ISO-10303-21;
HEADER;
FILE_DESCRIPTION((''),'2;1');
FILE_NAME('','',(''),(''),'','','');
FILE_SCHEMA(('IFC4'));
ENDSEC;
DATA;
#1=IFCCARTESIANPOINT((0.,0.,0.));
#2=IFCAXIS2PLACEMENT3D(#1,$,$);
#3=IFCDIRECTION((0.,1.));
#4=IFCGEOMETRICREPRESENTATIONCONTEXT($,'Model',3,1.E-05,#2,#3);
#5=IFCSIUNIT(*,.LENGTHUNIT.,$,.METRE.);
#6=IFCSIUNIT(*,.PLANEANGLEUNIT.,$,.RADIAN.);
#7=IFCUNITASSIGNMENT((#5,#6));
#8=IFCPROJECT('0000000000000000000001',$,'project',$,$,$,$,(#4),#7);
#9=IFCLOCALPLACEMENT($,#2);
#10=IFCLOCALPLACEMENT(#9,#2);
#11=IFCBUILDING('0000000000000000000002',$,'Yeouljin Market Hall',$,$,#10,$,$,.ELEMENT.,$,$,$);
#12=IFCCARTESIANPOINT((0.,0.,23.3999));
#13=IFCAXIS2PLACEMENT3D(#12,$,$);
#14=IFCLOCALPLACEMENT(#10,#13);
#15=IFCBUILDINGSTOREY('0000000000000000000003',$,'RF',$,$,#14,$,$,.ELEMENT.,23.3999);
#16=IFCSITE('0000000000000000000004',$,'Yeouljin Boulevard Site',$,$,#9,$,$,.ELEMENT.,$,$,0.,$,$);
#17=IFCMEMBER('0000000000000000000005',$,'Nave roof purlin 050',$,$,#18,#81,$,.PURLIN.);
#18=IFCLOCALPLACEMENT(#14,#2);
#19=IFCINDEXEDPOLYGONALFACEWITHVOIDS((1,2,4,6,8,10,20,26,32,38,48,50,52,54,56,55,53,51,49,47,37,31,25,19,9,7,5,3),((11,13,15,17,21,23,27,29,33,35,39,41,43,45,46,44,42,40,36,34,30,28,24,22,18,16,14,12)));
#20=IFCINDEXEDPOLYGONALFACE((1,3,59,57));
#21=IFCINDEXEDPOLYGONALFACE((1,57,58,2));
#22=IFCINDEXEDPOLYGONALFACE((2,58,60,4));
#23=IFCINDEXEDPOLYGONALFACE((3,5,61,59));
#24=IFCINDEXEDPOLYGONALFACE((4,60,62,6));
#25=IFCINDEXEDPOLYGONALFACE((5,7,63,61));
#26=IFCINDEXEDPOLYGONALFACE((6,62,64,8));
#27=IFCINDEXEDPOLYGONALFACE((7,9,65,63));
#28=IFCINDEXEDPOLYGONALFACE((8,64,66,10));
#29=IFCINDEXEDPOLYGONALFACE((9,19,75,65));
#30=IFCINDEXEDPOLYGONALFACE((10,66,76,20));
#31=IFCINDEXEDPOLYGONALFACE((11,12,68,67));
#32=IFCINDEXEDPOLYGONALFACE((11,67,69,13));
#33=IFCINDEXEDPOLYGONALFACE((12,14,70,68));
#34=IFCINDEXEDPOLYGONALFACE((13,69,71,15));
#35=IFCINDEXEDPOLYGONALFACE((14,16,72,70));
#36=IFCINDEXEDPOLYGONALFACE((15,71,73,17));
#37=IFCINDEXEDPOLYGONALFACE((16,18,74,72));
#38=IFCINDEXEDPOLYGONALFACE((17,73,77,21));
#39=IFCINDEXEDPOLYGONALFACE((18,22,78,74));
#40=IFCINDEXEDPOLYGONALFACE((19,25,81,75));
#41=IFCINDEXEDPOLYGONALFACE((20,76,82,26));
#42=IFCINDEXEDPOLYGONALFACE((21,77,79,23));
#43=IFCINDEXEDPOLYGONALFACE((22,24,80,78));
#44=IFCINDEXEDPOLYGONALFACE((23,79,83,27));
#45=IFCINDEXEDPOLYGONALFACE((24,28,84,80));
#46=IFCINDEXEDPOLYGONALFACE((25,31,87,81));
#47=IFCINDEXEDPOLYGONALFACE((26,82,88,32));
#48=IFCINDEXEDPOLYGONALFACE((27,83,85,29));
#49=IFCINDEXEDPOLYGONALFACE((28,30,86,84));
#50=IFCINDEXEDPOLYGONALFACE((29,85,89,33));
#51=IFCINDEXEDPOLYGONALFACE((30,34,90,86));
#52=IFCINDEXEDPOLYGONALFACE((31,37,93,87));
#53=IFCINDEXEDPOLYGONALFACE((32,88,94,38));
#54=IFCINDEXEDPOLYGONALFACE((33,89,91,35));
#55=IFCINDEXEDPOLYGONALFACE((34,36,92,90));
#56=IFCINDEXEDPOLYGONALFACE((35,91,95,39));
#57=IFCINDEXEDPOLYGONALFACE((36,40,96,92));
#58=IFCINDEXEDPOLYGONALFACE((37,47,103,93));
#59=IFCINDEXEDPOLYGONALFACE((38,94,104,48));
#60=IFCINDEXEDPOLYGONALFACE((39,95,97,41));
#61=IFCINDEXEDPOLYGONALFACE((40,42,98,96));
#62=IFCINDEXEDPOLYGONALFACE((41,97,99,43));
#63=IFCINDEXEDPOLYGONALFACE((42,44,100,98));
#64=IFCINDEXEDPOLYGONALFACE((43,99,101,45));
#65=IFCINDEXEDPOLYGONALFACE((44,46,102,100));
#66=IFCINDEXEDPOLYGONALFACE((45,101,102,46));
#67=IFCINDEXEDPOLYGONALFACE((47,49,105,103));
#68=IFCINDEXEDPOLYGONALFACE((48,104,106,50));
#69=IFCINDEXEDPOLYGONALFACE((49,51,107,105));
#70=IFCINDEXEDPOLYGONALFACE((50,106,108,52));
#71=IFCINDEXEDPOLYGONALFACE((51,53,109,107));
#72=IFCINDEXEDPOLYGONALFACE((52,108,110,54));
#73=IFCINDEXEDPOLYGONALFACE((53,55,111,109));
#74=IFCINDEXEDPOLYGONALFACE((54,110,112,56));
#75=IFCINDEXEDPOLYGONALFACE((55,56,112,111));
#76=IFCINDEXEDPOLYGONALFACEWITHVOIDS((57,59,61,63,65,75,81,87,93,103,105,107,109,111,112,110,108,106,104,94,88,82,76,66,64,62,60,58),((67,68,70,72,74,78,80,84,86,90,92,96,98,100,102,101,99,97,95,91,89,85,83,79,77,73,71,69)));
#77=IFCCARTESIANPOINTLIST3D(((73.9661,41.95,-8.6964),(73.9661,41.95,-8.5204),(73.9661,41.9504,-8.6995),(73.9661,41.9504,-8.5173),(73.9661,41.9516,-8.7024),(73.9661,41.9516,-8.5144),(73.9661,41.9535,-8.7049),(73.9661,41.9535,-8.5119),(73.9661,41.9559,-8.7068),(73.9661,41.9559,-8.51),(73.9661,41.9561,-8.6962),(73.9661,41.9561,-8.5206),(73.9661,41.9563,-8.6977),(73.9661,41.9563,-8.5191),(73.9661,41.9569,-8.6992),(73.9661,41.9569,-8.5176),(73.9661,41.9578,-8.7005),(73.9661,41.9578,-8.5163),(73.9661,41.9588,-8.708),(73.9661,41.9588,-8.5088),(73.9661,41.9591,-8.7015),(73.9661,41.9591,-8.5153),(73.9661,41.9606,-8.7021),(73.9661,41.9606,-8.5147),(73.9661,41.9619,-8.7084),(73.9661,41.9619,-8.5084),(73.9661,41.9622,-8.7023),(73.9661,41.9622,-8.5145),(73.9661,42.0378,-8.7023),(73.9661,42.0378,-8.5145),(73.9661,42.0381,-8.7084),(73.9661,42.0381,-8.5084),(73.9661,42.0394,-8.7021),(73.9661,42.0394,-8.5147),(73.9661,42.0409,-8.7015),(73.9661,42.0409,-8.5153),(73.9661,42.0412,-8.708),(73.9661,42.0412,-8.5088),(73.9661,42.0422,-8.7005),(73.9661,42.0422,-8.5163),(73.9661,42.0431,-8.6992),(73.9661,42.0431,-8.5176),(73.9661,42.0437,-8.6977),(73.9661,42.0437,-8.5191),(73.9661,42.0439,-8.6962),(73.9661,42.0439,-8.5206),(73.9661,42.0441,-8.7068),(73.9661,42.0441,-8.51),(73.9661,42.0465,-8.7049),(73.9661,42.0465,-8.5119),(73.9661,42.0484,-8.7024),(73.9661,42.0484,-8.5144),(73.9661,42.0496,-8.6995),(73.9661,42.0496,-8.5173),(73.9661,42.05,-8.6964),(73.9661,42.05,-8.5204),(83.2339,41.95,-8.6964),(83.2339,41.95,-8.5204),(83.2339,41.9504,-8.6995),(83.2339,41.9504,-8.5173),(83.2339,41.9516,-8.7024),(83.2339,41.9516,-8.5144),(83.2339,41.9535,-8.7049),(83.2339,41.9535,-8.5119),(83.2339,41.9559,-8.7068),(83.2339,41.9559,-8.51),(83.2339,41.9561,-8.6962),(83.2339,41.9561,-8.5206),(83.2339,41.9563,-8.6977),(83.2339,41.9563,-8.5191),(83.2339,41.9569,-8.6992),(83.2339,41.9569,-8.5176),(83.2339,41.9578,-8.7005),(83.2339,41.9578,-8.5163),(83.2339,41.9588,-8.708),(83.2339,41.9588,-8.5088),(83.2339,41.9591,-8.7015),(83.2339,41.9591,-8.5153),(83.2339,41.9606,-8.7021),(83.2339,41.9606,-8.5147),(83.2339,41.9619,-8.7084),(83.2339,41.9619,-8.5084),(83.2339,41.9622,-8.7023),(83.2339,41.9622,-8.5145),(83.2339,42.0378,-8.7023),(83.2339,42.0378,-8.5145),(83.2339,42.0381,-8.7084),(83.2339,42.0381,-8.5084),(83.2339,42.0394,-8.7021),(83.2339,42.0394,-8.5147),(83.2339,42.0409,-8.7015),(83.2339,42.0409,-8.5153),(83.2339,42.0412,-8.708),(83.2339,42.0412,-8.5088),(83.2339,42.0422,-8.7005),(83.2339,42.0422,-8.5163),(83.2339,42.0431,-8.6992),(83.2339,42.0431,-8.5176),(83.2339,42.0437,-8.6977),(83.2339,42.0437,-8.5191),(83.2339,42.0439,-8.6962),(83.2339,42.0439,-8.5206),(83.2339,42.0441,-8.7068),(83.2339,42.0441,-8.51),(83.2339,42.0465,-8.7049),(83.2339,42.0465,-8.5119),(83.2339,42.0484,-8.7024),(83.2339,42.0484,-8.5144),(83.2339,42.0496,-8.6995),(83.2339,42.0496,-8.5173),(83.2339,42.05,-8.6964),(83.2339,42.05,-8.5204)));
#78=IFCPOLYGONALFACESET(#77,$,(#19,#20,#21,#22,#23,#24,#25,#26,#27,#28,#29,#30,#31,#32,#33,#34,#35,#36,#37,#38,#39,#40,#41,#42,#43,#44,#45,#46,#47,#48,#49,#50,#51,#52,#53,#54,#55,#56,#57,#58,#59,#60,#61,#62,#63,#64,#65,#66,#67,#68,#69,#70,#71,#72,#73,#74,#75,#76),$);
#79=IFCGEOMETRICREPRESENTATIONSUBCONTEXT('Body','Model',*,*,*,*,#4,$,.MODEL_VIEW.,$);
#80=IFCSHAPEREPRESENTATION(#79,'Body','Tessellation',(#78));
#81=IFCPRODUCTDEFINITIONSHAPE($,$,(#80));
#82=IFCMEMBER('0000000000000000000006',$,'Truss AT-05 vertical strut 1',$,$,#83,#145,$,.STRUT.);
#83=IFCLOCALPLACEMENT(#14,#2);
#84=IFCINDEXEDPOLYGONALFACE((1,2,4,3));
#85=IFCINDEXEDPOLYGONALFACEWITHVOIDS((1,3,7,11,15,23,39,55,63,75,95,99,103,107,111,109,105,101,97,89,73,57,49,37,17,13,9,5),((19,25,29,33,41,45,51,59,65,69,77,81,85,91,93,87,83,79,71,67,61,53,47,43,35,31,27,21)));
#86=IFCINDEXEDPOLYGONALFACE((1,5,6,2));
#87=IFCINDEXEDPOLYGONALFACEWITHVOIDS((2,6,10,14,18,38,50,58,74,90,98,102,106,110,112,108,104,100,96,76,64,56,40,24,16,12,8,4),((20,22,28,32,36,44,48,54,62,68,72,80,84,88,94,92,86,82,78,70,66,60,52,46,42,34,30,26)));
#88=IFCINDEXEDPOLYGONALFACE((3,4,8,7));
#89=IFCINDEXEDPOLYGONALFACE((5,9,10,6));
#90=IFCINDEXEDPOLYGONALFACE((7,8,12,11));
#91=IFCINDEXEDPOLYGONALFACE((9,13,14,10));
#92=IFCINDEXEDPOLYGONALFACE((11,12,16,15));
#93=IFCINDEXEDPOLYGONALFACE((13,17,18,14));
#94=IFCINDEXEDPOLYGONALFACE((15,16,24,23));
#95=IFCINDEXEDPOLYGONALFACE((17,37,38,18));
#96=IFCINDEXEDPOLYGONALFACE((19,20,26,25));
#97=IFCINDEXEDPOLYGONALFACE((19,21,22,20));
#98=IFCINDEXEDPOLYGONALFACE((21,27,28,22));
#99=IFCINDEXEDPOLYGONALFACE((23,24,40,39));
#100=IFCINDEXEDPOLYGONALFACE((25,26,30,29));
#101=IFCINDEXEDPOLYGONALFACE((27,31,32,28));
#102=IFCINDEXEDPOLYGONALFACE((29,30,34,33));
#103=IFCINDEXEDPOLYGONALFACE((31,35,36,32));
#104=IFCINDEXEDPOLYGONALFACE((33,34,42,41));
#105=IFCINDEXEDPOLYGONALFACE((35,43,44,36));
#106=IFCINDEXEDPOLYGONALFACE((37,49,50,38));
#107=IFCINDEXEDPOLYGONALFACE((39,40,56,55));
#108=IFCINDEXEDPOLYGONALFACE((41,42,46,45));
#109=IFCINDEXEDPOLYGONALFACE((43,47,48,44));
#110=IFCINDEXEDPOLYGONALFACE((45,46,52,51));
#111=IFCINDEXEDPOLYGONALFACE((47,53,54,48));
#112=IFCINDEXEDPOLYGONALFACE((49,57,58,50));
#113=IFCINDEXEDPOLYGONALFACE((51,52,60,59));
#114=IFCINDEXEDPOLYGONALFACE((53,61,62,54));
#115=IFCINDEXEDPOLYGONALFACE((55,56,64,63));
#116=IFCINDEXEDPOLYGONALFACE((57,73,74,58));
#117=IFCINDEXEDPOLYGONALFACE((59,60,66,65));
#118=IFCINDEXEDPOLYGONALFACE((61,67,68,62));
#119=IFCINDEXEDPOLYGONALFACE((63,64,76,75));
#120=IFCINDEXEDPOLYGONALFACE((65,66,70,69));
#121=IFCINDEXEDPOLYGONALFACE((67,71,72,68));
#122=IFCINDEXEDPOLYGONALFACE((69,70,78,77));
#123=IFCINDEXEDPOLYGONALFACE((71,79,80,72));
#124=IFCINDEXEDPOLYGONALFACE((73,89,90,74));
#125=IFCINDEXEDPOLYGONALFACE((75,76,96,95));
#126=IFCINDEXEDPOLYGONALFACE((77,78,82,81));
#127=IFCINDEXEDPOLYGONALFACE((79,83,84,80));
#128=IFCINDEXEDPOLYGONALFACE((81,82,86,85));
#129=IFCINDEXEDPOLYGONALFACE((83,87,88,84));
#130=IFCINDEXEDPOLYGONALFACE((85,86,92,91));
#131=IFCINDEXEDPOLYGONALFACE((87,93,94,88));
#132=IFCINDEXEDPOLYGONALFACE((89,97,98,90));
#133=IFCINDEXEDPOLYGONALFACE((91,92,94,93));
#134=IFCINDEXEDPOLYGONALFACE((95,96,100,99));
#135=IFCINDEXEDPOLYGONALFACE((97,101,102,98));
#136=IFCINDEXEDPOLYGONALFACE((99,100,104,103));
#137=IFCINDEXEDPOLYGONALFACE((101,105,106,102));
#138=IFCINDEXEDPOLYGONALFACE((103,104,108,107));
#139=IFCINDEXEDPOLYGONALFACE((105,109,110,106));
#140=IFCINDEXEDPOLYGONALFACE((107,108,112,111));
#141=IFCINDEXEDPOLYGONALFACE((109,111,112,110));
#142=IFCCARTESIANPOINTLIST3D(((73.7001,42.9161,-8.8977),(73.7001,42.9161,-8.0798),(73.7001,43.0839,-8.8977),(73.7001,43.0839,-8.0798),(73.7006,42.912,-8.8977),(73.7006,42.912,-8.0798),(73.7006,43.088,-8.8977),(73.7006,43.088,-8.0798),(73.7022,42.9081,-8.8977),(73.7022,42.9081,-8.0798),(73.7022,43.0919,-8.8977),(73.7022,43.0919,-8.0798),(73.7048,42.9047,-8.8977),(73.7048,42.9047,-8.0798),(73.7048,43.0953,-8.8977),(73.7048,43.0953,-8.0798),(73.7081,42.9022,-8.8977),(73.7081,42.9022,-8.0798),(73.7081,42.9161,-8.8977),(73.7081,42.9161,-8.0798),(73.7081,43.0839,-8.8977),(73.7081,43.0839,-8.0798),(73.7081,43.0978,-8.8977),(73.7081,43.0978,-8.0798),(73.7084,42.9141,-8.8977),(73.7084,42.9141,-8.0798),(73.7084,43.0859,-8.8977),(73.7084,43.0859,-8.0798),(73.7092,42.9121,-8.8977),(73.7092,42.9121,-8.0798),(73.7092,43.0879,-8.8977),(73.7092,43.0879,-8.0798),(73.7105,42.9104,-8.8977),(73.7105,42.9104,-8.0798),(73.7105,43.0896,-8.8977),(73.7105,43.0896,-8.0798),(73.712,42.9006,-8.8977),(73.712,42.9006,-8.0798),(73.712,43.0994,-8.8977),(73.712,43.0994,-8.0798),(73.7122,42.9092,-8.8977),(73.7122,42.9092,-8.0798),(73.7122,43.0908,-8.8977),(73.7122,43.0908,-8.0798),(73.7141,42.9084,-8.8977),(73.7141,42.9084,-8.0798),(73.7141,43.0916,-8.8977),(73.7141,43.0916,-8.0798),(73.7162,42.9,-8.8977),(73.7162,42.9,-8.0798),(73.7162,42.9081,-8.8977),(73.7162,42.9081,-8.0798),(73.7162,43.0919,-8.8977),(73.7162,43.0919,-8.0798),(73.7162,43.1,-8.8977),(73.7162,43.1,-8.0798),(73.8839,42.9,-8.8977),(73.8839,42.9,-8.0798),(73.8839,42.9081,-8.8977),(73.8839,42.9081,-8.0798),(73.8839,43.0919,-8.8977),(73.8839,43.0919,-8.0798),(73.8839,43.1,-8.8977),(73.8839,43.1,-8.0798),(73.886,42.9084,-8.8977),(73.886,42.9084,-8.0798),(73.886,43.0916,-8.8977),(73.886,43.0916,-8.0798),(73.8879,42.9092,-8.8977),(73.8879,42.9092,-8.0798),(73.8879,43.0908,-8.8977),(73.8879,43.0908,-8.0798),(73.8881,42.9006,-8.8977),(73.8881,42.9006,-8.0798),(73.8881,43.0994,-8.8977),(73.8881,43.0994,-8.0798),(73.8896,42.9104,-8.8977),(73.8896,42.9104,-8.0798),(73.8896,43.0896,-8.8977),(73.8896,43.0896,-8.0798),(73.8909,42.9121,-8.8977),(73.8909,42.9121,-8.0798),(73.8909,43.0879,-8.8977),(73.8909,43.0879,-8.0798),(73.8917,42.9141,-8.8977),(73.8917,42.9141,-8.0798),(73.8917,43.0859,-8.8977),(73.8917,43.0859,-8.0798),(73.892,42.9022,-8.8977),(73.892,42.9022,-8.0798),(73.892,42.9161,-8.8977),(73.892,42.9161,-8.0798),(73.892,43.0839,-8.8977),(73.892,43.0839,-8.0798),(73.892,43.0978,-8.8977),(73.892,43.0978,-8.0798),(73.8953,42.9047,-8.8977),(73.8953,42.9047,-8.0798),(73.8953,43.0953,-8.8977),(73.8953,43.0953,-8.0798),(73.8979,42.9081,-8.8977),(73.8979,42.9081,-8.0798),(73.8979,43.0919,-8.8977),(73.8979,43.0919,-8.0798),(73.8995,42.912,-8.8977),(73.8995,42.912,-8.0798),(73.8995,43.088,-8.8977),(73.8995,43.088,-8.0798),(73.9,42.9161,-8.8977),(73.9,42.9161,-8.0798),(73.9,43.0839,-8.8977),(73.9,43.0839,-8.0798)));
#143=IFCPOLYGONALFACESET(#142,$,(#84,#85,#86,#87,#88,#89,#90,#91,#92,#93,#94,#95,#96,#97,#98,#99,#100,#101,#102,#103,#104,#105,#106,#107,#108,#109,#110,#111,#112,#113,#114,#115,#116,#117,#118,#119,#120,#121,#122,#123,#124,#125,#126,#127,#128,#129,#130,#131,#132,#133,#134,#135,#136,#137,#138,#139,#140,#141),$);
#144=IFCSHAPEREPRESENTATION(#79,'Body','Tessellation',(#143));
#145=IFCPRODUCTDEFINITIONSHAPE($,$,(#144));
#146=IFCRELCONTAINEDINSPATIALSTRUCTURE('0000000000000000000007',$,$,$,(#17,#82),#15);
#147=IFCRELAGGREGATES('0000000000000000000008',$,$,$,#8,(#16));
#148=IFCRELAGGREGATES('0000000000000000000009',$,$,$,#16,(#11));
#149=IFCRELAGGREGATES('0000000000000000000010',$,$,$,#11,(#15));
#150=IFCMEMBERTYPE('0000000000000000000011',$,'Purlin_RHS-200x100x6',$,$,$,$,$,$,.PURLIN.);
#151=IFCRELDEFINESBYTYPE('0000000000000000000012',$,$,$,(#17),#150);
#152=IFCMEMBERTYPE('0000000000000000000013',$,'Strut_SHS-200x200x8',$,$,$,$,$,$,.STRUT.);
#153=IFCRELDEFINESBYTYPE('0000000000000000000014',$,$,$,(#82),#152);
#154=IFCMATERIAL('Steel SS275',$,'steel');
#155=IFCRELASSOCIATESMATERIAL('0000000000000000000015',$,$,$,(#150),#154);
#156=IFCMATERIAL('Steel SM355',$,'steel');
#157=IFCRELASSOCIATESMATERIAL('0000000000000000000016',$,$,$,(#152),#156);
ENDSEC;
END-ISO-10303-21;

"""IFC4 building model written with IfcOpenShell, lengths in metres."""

from ifc_helpers import new_model, si_unit, direction, frame, origin, origin_2d, place, context, subcontext, project, spatial, hollow_rectangle, extrude, material, material_profile, profile_set, type_object, element, save


model = new_model("IFC4")

# Units and contexts
model_context = context("Model", 3, precision=1e-05, world=origin(), true_north=direction((0.0, 1.0)))
body_context = subcontext(model_context, "Body", "Model", "MODEL_VIEW")
ifc_project = project(units=[si_unit("LENGTHUNIT", "METRE"), si_unit("PLANEANGLEUNIT", "RADIAN")], contexts=[model_context])

# Site, building, storey
site_placement = place(None, origin())
site = spatial("IfcSite", under=ifc_project, at=site_placement, Name="Yeouljin Boulevard Site", CompositionType="ELEMENT", RefElevation=0.0)
building_placement = place(site_placement, origin())
building = spatial("IfcBuilding", under=site, at=building_placement, Name="Yeouljin Market Hall", CompositionType="ELEMENT")
storey_placement = place(building_placement, frame((0.0, 0.0, 23.3999)))
storey = spatial("IfcBuildingStorey", under=building, at=storey_placement, Name="RF", CompositionType="ELEMENT", Elevation=23.3999)

# Members
ifc_material_1 = material(Name="Steel SS275", Category="steel")
ifc_material_profile_1 = material_profile(ifc_material_1, hollow_rectangle(XDim=0.1001, YDim=0.2, WallThickness=0.0061, InnerFilletRadius=0.0061, OuterFilletRadius=0.012, at=origin_2d()), Name="RHS-200x100x6")
ifc_profile_set_1 = profile_set([ifc_material_profile_1], Name="Steel SS275")
member_type_1 = type_object("IfcMemberType", Name="Purlin_RHS-200x100x6", PredefinedType="PURLIN", material=ifc_profile_set_1)
member_1_placement = place(storey_placement, frame((73.9661, 42.0, -8.6084), z_axis=(1.0, 0.0, 0.0), x_axis=(0.0, 1.0, 0.0)))
element("IfcMember", 1, at=member_1_placement, inside=storey, type_object=member_type_1, Name="Nave roof purlin 050", PredefinedType="PURLIN", context=body_context, shape_type="SweptSolid", body=[
    extrude(hollow_rectangle(XDim=0.1001, YDim=0.2, WallThickness=0.0061, InnerFilletRadius=0.0061, OuterFilletRadius=0.012, at=origin_2d()), origin(), (0.0, 0.0, 1.0), 9.2678),
])
ifc_material_2 = material(Name="Steel SM355", Category="steel")
ifc_material_profile_2 = material_profile(ifc_material_2, hollow_rectangle(XDim=0.2, YDim=0.2, WallThickness=0.0081, InnerFilletRadius=0.0081, OuterFilletRadius=0.0161, at=origin_2d()), Name="SHS-200x200x8")
ifc_profile_set_2 = profile_set([ifc_material_profile_2], Name="Steel SM355")
member_type_2 = type_object("IfcMemberType", Name="Strut_SHS-200x200x8", PredefinedType="STRUT", material=ifc_profile_set_2)
for number, where, z_axis, x_axis, name in (
    (2, (73.8, 43.0, -8.8977), (0.0, 0.0, 1.0), (1.0, 0.0, 0.0), "Truss AT-05 vertical strut 1"),
):
    element("IfcMember", number, at=place(storey_placement, frame(where, z_axis=z_axis, x_axis=x_axis)), inside=storey, type_object=member_type_2, Name=name, PredefinedType="STRUT", context=body_context, shape_type="SweptSolid", body=[
        extrude(hollow_rectangle(XDim=0.2, YDim=0.2, WallThickness=0.0081, InnerFilletRadius=0.0081, OuterFilletRadius=0.0161, at=origin_2d()), origin(), (0.0, 0.0, 1.0), 0.8179),
    ])

save(model, "model.ifc")
